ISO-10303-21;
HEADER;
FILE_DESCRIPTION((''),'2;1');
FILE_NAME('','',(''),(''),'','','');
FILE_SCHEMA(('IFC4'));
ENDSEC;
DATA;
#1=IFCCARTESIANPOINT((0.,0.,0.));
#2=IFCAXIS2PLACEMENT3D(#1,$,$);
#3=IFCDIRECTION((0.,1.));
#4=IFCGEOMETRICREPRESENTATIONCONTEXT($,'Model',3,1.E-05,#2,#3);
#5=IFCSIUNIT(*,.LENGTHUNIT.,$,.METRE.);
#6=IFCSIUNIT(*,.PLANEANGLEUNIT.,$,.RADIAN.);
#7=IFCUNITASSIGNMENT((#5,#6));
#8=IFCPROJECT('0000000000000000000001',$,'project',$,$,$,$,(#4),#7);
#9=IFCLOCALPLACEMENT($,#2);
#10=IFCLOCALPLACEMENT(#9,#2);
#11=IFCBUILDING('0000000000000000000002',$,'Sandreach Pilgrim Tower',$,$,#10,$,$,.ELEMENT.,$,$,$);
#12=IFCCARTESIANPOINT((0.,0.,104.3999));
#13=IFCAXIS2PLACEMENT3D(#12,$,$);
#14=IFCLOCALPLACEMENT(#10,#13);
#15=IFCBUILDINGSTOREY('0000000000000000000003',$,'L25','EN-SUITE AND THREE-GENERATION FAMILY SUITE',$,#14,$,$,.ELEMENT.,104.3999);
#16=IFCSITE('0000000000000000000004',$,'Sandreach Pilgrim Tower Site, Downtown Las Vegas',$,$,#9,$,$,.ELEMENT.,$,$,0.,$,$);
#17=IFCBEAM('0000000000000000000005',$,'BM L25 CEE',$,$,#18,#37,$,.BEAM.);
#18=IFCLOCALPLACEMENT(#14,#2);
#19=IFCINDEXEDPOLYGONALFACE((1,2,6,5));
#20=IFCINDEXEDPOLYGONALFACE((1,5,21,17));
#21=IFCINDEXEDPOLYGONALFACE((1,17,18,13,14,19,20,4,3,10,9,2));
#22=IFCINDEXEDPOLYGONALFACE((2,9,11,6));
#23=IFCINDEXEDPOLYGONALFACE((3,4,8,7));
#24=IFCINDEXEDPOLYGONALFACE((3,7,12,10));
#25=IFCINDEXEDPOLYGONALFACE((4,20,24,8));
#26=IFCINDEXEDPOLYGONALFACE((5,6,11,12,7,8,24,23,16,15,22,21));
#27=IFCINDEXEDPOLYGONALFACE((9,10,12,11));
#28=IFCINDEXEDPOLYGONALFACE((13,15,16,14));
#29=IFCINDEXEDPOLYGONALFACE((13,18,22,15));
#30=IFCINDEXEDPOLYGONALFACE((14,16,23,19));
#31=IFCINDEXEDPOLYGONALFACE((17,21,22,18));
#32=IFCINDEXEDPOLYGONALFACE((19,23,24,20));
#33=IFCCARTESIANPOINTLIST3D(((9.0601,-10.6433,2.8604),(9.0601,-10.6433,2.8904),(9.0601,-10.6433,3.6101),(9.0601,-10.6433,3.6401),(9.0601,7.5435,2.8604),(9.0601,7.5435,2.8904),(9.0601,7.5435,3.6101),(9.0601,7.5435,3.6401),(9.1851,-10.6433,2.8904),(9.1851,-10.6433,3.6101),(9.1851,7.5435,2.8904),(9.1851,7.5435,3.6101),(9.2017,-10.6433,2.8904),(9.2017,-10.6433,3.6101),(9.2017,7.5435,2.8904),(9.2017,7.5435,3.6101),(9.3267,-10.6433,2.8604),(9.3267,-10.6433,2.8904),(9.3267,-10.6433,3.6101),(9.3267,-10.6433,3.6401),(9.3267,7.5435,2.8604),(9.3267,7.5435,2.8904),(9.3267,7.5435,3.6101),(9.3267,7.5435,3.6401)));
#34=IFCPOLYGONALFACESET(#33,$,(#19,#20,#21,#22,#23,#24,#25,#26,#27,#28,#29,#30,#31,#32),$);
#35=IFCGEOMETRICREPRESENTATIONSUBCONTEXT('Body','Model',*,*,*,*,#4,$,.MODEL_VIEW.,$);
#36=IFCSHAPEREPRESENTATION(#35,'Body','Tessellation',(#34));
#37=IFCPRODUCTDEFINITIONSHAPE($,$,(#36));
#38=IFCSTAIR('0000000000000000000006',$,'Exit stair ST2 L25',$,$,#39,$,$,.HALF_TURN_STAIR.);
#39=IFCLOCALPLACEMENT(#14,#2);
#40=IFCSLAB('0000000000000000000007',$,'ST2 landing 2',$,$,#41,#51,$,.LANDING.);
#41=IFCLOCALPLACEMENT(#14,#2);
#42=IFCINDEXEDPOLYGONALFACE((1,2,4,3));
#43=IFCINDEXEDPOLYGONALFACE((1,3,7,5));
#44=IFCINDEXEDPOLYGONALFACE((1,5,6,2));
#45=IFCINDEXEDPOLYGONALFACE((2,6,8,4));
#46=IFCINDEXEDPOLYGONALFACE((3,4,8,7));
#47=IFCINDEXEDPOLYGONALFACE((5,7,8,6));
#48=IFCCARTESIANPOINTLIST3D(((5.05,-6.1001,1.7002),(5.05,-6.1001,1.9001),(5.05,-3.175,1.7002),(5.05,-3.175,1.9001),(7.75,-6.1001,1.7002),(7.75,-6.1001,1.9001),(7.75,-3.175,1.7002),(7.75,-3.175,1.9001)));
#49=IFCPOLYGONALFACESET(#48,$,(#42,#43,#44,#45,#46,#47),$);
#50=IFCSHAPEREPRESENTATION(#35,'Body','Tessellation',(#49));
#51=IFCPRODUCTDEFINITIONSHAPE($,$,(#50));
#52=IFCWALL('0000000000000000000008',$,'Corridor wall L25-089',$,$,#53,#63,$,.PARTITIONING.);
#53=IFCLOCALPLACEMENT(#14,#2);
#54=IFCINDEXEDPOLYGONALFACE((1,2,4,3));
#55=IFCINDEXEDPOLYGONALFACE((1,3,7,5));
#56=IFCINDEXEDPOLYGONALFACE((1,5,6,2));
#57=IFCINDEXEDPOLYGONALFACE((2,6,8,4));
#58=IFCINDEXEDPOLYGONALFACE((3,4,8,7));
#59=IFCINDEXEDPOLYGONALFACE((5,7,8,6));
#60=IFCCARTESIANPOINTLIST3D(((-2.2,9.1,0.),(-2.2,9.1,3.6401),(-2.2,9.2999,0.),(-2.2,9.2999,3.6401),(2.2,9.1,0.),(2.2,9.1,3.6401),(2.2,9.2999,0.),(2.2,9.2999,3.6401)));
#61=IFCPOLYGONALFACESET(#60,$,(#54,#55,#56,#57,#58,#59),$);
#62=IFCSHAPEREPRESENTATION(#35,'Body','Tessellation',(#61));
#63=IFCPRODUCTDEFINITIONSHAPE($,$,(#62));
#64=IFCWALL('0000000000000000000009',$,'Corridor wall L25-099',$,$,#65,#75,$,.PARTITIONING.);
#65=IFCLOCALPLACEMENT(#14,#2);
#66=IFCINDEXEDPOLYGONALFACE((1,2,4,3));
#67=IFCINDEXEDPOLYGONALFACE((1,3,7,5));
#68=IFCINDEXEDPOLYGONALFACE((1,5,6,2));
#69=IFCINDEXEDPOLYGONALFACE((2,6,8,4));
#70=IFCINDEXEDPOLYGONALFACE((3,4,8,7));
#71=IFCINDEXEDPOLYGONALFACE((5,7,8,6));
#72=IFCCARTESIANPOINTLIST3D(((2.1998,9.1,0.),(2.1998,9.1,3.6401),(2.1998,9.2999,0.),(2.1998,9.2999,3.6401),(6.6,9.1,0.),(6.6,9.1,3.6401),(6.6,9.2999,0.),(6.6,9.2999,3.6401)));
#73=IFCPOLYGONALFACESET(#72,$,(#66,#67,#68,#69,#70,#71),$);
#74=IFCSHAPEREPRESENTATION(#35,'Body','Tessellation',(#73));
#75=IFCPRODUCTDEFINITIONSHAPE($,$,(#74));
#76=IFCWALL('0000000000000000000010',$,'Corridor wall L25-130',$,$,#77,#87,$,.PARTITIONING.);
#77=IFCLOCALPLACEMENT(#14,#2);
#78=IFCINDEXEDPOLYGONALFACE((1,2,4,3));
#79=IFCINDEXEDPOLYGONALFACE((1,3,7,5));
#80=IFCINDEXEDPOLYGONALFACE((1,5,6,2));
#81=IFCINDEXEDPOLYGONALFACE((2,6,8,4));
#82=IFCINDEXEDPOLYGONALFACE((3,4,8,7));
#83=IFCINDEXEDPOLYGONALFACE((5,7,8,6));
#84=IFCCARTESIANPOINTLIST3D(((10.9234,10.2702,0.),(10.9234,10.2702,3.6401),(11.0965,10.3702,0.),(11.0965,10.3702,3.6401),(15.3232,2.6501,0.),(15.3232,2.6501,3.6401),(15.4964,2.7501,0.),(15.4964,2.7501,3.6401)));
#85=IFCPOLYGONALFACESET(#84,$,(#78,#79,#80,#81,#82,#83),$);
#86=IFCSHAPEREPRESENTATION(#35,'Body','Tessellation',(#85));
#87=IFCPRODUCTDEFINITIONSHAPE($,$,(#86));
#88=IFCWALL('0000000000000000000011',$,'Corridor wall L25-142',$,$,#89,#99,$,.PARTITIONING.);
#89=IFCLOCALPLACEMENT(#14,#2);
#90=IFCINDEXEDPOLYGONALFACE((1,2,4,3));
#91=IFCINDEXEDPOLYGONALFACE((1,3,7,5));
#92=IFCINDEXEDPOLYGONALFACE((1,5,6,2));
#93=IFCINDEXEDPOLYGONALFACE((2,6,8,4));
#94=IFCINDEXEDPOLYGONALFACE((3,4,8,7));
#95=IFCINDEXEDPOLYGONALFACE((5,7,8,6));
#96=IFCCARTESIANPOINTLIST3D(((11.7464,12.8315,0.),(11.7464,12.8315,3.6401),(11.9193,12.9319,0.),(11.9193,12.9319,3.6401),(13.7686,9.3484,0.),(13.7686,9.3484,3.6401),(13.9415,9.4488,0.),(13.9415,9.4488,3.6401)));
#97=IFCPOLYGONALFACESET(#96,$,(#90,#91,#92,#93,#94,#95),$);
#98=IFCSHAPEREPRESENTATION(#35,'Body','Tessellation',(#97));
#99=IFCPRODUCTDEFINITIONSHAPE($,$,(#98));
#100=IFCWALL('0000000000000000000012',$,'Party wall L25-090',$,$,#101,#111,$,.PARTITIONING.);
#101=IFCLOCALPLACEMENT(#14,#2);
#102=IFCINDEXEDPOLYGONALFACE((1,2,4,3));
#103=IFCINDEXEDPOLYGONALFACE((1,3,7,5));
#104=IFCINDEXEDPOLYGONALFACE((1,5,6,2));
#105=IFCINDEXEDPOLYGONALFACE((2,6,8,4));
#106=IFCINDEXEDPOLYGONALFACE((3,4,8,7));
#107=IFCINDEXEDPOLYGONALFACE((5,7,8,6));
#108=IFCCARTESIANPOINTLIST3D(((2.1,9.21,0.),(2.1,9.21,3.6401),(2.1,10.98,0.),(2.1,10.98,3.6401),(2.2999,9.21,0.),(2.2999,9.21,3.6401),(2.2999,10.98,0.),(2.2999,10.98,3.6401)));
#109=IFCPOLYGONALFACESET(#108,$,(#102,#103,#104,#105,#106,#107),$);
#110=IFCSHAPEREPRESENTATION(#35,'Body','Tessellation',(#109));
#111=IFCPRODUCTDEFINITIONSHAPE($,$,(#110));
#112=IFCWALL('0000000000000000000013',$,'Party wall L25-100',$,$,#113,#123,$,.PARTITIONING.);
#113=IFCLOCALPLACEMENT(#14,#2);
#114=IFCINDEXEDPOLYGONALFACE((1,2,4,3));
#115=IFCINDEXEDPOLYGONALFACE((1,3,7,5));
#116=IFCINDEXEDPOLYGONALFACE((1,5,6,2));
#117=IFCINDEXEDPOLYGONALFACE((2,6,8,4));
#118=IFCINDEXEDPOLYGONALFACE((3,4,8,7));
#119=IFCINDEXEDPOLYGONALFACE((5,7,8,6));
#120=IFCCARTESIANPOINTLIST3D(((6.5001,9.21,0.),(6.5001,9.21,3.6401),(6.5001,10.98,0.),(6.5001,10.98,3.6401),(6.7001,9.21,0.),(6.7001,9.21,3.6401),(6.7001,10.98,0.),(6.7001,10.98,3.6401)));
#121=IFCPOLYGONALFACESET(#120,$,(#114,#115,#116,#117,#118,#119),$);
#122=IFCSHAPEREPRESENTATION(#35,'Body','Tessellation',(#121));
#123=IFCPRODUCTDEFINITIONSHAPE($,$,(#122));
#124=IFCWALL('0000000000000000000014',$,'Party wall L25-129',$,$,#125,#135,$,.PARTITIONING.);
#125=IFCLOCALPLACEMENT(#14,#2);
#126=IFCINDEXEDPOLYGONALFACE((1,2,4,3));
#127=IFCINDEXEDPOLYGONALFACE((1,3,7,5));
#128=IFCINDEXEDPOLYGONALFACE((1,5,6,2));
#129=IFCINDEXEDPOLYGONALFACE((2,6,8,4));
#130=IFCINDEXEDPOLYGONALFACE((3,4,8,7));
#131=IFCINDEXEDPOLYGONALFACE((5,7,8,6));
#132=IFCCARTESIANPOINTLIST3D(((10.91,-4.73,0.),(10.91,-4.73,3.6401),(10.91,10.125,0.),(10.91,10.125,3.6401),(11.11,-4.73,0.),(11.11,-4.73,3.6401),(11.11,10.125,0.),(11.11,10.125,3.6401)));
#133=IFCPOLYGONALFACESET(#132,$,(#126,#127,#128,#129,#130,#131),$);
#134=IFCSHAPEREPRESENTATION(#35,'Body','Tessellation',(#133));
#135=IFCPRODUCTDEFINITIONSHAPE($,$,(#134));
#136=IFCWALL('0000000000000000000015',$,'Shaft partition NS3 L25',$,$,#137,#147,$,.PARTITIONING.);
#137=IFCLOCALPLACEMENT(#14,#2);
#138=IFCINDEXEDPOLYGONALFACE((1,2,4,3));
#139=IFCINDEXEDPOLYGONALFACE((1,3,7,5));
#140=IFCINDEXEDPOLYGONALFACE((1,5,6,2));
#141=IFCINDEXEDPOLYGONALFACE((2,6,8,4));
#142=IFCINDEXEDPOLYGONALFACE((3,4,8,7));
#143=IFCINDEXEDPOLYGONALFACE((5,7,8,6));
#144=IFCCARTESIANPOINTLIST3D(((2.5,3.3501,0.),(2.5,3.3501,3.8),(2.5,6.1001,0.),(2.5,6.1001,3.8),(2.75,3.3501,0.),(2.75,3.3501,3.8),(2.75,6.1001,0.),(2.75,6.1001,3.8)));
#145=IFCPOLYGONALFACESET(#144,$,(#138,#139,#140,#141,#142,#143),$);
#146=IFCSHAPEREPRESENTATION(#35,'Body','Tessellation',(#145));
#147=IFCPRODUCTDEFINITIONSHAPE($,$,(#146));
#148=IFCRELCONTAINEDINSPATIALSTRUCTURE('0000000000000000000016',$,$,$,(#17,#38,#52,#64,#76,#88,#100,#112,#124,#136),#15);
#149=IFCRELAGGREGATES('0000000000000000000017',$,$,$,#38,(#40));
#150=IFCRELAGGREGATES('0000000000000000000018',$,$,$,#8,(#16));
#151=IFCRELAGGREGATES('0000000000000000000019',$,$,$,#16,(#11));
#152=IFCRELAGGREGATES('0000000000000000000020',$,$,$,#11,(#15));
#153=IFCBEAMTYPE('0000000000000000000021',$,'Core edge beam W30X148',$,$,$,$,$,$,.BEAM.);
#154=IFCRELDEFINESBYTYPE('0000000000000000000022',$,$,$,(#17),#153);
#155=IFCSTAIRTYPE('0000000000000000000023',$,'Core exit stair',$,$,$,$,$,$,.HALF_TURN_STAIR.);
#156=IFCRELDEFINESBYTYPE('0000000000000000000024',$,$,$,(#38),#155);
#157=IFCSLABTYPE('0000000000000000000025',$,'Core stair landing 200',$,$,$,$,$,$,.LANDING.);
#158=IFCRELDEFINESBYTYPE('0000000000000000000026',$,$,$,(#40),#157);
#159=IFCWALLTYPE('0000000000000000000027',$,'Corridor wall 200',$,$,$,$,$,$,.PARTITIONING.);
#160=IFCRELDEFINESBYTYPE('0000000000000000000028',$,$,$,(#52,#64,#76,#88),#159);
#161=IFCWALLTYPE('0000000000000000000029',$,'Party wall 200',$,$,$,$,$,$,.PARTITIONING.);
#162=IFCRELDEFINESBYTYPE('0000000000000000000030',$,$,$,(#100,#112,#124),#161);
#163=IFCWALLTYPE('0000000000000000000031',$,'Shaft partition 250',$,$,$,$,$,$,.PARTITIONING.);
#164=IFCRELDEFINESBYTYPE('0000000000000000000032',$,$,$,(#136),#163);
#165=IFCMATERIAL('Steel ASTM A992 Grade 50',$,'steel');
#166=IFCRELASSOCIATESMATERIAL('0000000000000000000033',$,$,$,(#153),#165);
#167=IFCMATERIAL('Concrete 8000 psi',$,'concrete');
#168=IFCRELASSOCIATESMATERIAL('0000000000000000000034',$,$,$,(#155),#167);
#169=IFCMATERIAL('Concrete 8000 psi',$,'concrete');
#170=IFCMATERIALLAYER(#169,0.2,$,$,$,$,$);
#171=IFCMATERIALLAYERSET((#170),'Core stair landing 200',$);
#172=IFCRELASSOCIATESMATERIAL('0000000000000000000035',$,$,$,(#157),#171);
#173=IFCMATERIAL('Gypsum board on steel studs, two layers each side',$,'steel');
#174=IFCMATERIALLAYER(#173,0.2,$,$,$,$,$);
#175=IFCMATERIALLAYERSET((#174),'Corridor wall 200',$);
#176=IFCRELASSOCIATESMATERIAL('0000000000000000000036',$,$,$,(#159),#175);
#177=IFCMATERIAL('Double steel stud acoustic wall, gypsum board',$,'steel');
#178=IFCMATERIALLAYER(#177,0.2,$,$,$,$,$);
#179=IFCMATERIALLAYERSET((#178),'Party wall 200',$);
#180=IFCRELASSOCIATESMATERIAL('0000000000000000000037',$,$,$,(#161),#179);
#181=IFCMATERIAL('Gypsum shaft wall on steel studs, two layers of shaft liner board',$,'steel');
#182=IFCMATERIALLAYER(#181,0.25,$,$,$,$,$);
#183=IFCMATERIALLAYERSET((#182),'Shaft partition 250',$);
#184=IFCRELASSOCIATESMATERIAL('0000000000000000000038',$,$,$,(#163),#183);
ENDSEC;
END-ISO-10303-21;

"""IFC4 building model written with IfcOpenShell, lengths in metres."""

from ifc_helpers import new_model, si_unit, direction, frame, frame_2d, origin, origin_2d, place, context, subcontext, project, spatial, polyline, rectangle, i_section, outline, extrude, material, layer, layer_set, material_profile, profile_set, type_object, element, aggregate, save


model = new_model("IFC4")

# Units and contexts
model_context = context("Model", 3, precision=1e-05, world=origin(), true_north=direction((0.0, 1.0)))
body_context = subcontext(model_context, "Body", "Model", "MODEL_VIEW")
ifc_project = project(units=[si_unit("LENGTHUNIT", "METRE"), si_unit("PLANEANGLEUNIT", "RADIAN")], contexts=[model_context])

# Site, building, storey
site_placement = place(None, origin())
site = spatial("IfcSite", under=ifc_project, at=site_placement, Name="Sandreach Pilgrim Tower Site, Downtown Las Vegas", CompositionType="ELEMENT", RefElevation=0.0)
building_placement = place(site_placement, origin())
building = spatial("IfcBuilding", under=site, at=building_placement, Name="Sandreach Pilgrim Tower", CompositionType="ELEMENT")
storey_placement = place(building_placement, frame((0.0, 0.0, 104.3999)))
storey = spatial("IfcBuildingStorey", under=building, at=storey_placement, Name="L25", Description="EN-SUITE AND THREE-GENERATION FAMILY SUITE", CompositionType="ELEMENT", Elevation=104.3999)

# Beam
ifc_material_1 = material(Name="Steel ASTM A992 Grade 50", Category="steel")
ifc_material_profile = material_profile(ifc_material_1, i_section(OverallWidth=0.2666, OverallDepth=0.7798, WebThickness=0.0166, FlangeThickness=0.03, at=origin_2d()), Name="W30X148")
ifc_profile_set = profile_set([ifc_material_profile], Name="Steel ASTM A992 Grade 50")
beam_type = type_object("IfcBeamType", Name="Core edge beam W30X148", PredefinedType="BEAM", material=ifc_profile_set)
beam_placement = place(storey_placement, frame((9.1934, 7.5435, 3.2502), z_axis=(0.0, -1.0, 0.0), x_axis=(1.0, 0.0, 0.0)))
element("IfcBeam", 1, at=beam_placement, inside=storey, type_object=beam_type, Name="BM L25 CEE", PredefinedType="BEAM", context=body_context, shape_type="SweptSolid", body=[
    extrude(i_section(OverallWidth=0.2666, OverallDepth=0.7798, WebThickness=0.0166, FlangeThickness=0.03, at=origin_2d()), origin(), (0.0, 0.0, 1.0), 18.1868),
])

# Stair, slab
ifc_material_2 = material(Name="Concrete 8000 psi", Category="concrete")
stair_type = type_object("IfcStairType", Name="Core exit stair", PredefinedType="HALF_TURN_STAIR", material=ifc_material_2)
stair_placement = place(storey_placement, origin())
stair = element("IfcStair", 2, at=stair_placement, inside=storey, type_object=stair_type, Name="Exit stair ST2 L25", PredefinedType="HALF_TURN_STAIR")
ifc_material_3 = material(Name="Concrete 8000 psi", Category="concrete")
ifc_layer_1 = layer(ifc_material_3, 0.2)
ifc_layer_set_1 = layer_set([ifc_layer_1], Name="Core stair landing 200")
slab_type = type_object("IfcSlabType", Name="Core stair landing 200", PredefinedType="LANDING", material=ifc_layer_set_1)
slab_placement = place(storey_placement, frame((0.0, 0.0, 1.7002)))
slab = element("IfcSlab", 3, at=slab_placement, type_object=slab_type, Name="ST2 landing 2", PredefinedType="LANDING", context=body_context, shape_type="SweptSolid", body=[
    extrude(outline(polyline([(5.05, -6.1001), (7.75, -6.1001), (7.75, -3.175), (5.05, -3.175), (5.05, -6.1001)])), origin(), (0.0, 0.0, 1.0), 0.2),
])
aggregate(stair, [slab])

# Wall
ifc_material_4 = material(Name="Gypsum board on steel studs, two layers each side", Category="steel")
ifc_layer_2 = layer(ifc_material_4, 0.2)
ifc_layer_set_2 = layer_set([ifc_layer_2], Name="Corridor wall 200")
wall_type_1 = type_object("IfcWallType", Name="Corridor wall 200", PredefinedType="PARTITIONING", material=ifc_layer_set_2)
wall_1_placement = place(storey_placement, frame((2.2, 9.2, 0.0), z_axis=(0.0, 0.0, 1.0), x_axis=(-1.0, 0.0, 0.0)))
element("IfcWall", 4, at=wall_1_placement, inside=storey, type_object=wall_type_1, Name="Corridor wall L25-089", PredefinedType="PARTITIONING", context=body_context, shape_type="SweptSolid", body=[
    extrude(rectangle(XDim=4.3999, YDim=0.2, at=frame_2d((2.2, 0.0))), origin(), (0.0, 0.0, 1.0), 3.6401),
])

# Wall
wall_2_placement = place(storey_placement, frame((6.6001, 9.2, 0.0), z_axis=(0.0, 0.0, 1.0), x_axis=(-1.0, 0.0, 0.0)))
element("IfcWall", 5, at=wall_2_placement, inside=storey, type_object=wall_type_1, Name="Corridor wall L25-099", PredefinedType="PARTITIONING", context=body_context, shape_type="SweptSolid", body=[
    extrude(rectangle(XDim=4.4001, YDim=0.2, at=frame_2d((2.2002, 0.0))), origin(), (0.0, 0.0, 1.0), 3.6401),
])

# Walls
wall_3_placement = place(storey_placement, frame((11.01, 10.3201, 0.0), z_axis=(0.0, 0.0, 1.0), x_axis=(0.500036, -0.866004, 0.0)))
element("IfcWall", 6, at=wall_3_placement, inside=storey, type_object=wall_type_1, Name="Corridor wall L25-130", PredefinedType="PARTITIONING", context=body_context, shape_type="SweptSolid", body=[
    extrude(rectangle(XDim=8.7991, YDim=0.2, at=frame_2d((4.3994, 0.0))), origin(), (0.0, 0.0, 1.0), 3.6401),
])
wall_4_placement = place(storey_placement, frame((13.855, 9.3987, 0.0), z_axis=(0.0, 0.0, 1.0), x_axis=(-0.502087, 0.864817, 0.0)))
element("IfcWall", 7, at=wall_4_placement, inside=storey, type_object=wall_type_1, Name="Corridor wall L25-142", PredefinedType="PARTITIONING", context=body_context, shape_type="SweptSolid", body=[
    extrude(rectangle(XDim=4.0276, YDim=0.2, at=frame_2d((2.0137, 0.0))), origin(), (0.0, 0.0, 1.0), 3.6401),
])

# Walls
ifc_material_5 = material(Name="Double steel stud acoustic wall, gypsum board", Category="steel")
ifc_layer_3 = layer(ifc_material_5, 0.2)
ifc_layer_set_3 = layer_set([ifc_layer_3], Name="Party wall 200")
wall_type_2 = type_object("IfcWallType", Name="Party wall 200", PredefinedType="PARTITIONING", material=ifc_layer_set_3)
for number, where, z_axis, x_axis, name in (
    (8, (2.2, 10.98, 0.0), (0.0, 0.0, 1.0), (0.0, -1.0, 0.0), "Party wall L25-090"),
    (9, (6.6001, 10.98, 0.0), (0.0, 0.0, 1.0), (0.0, -1.0, 0.0), "Party wall L25-100"),
):
    element("IfcWall", number, at=place(storey_placement, frame(where, z_axis=z_axis, x_axis=x_axis)), inside=storey, type_object=wall_type_2, Name=name, PredefinedType="PARTITIONING", context=body_context, shape_type="SweptSolid", body=[
        extrude(rectangle(XDim=1.77, YDim=0.2, at=frame_2d((0.885, 0.0))), origin(), (0.0, 0.0, 1.0), 3.6401),
    ])
wall_5_placement = place(storey_placement, frame((11.01, 10.125, 0.0), z_axis=(0.0, 0.0, 1.0), x_axis=(0.0, -1.0, 0.0)))
element("IfcWall", 10, at=wall_5_placement, inside=storey, type_object=wall_type_2, Name="Party wall L25-129", PredefinedType="PARTITIONING", context=body_context, shape_type="SweptSolid", body=[
    extrude(rectangle(XDim=14.855, YDim=0.2, at=frame_2d((7.4275, 0.0))), origin(), (0.0, 0.0, 1.0), 3.6401),
])
ifc_material_6 = material(Name="Gypsum shaft wall on steel studs, two layers of shaft liner board", Category="steel")
ifc_layer_4 = layer(ifc_material_6, 0.25)
ifc_layer_set_4 = layer_set([ifc_layer_4], Name="Shaft partition 250")
wall_type_3 = type_object("IfcWallType", Name="Shaft partition 250", PredefinedType="PARTITIONING", material=ifc_layer_set_4)
wall_6_placement = place(storey_placement, frame((2.625, 3.3501, 0.0), z_axis=(0.0, 0.0, 1.0), x_axis=(0.0, 1.0, 0.0)))
element("IfcWall", 11, at=wall_6_placement, inside=storey, type_object=wall_type_3, Name="Shaft partition NS3 L25", PredefinedType="PARTITIONING", context=body_context, shape_type="SweptSolid", body=[
    extrude(rectangle(XDim=2.75, YDim=0.25, at=frame_2d((1.375, 0.0))), origin(), (0.0, 0.0, 1.0), 3.8),
])

save(model, "model.ifc")
